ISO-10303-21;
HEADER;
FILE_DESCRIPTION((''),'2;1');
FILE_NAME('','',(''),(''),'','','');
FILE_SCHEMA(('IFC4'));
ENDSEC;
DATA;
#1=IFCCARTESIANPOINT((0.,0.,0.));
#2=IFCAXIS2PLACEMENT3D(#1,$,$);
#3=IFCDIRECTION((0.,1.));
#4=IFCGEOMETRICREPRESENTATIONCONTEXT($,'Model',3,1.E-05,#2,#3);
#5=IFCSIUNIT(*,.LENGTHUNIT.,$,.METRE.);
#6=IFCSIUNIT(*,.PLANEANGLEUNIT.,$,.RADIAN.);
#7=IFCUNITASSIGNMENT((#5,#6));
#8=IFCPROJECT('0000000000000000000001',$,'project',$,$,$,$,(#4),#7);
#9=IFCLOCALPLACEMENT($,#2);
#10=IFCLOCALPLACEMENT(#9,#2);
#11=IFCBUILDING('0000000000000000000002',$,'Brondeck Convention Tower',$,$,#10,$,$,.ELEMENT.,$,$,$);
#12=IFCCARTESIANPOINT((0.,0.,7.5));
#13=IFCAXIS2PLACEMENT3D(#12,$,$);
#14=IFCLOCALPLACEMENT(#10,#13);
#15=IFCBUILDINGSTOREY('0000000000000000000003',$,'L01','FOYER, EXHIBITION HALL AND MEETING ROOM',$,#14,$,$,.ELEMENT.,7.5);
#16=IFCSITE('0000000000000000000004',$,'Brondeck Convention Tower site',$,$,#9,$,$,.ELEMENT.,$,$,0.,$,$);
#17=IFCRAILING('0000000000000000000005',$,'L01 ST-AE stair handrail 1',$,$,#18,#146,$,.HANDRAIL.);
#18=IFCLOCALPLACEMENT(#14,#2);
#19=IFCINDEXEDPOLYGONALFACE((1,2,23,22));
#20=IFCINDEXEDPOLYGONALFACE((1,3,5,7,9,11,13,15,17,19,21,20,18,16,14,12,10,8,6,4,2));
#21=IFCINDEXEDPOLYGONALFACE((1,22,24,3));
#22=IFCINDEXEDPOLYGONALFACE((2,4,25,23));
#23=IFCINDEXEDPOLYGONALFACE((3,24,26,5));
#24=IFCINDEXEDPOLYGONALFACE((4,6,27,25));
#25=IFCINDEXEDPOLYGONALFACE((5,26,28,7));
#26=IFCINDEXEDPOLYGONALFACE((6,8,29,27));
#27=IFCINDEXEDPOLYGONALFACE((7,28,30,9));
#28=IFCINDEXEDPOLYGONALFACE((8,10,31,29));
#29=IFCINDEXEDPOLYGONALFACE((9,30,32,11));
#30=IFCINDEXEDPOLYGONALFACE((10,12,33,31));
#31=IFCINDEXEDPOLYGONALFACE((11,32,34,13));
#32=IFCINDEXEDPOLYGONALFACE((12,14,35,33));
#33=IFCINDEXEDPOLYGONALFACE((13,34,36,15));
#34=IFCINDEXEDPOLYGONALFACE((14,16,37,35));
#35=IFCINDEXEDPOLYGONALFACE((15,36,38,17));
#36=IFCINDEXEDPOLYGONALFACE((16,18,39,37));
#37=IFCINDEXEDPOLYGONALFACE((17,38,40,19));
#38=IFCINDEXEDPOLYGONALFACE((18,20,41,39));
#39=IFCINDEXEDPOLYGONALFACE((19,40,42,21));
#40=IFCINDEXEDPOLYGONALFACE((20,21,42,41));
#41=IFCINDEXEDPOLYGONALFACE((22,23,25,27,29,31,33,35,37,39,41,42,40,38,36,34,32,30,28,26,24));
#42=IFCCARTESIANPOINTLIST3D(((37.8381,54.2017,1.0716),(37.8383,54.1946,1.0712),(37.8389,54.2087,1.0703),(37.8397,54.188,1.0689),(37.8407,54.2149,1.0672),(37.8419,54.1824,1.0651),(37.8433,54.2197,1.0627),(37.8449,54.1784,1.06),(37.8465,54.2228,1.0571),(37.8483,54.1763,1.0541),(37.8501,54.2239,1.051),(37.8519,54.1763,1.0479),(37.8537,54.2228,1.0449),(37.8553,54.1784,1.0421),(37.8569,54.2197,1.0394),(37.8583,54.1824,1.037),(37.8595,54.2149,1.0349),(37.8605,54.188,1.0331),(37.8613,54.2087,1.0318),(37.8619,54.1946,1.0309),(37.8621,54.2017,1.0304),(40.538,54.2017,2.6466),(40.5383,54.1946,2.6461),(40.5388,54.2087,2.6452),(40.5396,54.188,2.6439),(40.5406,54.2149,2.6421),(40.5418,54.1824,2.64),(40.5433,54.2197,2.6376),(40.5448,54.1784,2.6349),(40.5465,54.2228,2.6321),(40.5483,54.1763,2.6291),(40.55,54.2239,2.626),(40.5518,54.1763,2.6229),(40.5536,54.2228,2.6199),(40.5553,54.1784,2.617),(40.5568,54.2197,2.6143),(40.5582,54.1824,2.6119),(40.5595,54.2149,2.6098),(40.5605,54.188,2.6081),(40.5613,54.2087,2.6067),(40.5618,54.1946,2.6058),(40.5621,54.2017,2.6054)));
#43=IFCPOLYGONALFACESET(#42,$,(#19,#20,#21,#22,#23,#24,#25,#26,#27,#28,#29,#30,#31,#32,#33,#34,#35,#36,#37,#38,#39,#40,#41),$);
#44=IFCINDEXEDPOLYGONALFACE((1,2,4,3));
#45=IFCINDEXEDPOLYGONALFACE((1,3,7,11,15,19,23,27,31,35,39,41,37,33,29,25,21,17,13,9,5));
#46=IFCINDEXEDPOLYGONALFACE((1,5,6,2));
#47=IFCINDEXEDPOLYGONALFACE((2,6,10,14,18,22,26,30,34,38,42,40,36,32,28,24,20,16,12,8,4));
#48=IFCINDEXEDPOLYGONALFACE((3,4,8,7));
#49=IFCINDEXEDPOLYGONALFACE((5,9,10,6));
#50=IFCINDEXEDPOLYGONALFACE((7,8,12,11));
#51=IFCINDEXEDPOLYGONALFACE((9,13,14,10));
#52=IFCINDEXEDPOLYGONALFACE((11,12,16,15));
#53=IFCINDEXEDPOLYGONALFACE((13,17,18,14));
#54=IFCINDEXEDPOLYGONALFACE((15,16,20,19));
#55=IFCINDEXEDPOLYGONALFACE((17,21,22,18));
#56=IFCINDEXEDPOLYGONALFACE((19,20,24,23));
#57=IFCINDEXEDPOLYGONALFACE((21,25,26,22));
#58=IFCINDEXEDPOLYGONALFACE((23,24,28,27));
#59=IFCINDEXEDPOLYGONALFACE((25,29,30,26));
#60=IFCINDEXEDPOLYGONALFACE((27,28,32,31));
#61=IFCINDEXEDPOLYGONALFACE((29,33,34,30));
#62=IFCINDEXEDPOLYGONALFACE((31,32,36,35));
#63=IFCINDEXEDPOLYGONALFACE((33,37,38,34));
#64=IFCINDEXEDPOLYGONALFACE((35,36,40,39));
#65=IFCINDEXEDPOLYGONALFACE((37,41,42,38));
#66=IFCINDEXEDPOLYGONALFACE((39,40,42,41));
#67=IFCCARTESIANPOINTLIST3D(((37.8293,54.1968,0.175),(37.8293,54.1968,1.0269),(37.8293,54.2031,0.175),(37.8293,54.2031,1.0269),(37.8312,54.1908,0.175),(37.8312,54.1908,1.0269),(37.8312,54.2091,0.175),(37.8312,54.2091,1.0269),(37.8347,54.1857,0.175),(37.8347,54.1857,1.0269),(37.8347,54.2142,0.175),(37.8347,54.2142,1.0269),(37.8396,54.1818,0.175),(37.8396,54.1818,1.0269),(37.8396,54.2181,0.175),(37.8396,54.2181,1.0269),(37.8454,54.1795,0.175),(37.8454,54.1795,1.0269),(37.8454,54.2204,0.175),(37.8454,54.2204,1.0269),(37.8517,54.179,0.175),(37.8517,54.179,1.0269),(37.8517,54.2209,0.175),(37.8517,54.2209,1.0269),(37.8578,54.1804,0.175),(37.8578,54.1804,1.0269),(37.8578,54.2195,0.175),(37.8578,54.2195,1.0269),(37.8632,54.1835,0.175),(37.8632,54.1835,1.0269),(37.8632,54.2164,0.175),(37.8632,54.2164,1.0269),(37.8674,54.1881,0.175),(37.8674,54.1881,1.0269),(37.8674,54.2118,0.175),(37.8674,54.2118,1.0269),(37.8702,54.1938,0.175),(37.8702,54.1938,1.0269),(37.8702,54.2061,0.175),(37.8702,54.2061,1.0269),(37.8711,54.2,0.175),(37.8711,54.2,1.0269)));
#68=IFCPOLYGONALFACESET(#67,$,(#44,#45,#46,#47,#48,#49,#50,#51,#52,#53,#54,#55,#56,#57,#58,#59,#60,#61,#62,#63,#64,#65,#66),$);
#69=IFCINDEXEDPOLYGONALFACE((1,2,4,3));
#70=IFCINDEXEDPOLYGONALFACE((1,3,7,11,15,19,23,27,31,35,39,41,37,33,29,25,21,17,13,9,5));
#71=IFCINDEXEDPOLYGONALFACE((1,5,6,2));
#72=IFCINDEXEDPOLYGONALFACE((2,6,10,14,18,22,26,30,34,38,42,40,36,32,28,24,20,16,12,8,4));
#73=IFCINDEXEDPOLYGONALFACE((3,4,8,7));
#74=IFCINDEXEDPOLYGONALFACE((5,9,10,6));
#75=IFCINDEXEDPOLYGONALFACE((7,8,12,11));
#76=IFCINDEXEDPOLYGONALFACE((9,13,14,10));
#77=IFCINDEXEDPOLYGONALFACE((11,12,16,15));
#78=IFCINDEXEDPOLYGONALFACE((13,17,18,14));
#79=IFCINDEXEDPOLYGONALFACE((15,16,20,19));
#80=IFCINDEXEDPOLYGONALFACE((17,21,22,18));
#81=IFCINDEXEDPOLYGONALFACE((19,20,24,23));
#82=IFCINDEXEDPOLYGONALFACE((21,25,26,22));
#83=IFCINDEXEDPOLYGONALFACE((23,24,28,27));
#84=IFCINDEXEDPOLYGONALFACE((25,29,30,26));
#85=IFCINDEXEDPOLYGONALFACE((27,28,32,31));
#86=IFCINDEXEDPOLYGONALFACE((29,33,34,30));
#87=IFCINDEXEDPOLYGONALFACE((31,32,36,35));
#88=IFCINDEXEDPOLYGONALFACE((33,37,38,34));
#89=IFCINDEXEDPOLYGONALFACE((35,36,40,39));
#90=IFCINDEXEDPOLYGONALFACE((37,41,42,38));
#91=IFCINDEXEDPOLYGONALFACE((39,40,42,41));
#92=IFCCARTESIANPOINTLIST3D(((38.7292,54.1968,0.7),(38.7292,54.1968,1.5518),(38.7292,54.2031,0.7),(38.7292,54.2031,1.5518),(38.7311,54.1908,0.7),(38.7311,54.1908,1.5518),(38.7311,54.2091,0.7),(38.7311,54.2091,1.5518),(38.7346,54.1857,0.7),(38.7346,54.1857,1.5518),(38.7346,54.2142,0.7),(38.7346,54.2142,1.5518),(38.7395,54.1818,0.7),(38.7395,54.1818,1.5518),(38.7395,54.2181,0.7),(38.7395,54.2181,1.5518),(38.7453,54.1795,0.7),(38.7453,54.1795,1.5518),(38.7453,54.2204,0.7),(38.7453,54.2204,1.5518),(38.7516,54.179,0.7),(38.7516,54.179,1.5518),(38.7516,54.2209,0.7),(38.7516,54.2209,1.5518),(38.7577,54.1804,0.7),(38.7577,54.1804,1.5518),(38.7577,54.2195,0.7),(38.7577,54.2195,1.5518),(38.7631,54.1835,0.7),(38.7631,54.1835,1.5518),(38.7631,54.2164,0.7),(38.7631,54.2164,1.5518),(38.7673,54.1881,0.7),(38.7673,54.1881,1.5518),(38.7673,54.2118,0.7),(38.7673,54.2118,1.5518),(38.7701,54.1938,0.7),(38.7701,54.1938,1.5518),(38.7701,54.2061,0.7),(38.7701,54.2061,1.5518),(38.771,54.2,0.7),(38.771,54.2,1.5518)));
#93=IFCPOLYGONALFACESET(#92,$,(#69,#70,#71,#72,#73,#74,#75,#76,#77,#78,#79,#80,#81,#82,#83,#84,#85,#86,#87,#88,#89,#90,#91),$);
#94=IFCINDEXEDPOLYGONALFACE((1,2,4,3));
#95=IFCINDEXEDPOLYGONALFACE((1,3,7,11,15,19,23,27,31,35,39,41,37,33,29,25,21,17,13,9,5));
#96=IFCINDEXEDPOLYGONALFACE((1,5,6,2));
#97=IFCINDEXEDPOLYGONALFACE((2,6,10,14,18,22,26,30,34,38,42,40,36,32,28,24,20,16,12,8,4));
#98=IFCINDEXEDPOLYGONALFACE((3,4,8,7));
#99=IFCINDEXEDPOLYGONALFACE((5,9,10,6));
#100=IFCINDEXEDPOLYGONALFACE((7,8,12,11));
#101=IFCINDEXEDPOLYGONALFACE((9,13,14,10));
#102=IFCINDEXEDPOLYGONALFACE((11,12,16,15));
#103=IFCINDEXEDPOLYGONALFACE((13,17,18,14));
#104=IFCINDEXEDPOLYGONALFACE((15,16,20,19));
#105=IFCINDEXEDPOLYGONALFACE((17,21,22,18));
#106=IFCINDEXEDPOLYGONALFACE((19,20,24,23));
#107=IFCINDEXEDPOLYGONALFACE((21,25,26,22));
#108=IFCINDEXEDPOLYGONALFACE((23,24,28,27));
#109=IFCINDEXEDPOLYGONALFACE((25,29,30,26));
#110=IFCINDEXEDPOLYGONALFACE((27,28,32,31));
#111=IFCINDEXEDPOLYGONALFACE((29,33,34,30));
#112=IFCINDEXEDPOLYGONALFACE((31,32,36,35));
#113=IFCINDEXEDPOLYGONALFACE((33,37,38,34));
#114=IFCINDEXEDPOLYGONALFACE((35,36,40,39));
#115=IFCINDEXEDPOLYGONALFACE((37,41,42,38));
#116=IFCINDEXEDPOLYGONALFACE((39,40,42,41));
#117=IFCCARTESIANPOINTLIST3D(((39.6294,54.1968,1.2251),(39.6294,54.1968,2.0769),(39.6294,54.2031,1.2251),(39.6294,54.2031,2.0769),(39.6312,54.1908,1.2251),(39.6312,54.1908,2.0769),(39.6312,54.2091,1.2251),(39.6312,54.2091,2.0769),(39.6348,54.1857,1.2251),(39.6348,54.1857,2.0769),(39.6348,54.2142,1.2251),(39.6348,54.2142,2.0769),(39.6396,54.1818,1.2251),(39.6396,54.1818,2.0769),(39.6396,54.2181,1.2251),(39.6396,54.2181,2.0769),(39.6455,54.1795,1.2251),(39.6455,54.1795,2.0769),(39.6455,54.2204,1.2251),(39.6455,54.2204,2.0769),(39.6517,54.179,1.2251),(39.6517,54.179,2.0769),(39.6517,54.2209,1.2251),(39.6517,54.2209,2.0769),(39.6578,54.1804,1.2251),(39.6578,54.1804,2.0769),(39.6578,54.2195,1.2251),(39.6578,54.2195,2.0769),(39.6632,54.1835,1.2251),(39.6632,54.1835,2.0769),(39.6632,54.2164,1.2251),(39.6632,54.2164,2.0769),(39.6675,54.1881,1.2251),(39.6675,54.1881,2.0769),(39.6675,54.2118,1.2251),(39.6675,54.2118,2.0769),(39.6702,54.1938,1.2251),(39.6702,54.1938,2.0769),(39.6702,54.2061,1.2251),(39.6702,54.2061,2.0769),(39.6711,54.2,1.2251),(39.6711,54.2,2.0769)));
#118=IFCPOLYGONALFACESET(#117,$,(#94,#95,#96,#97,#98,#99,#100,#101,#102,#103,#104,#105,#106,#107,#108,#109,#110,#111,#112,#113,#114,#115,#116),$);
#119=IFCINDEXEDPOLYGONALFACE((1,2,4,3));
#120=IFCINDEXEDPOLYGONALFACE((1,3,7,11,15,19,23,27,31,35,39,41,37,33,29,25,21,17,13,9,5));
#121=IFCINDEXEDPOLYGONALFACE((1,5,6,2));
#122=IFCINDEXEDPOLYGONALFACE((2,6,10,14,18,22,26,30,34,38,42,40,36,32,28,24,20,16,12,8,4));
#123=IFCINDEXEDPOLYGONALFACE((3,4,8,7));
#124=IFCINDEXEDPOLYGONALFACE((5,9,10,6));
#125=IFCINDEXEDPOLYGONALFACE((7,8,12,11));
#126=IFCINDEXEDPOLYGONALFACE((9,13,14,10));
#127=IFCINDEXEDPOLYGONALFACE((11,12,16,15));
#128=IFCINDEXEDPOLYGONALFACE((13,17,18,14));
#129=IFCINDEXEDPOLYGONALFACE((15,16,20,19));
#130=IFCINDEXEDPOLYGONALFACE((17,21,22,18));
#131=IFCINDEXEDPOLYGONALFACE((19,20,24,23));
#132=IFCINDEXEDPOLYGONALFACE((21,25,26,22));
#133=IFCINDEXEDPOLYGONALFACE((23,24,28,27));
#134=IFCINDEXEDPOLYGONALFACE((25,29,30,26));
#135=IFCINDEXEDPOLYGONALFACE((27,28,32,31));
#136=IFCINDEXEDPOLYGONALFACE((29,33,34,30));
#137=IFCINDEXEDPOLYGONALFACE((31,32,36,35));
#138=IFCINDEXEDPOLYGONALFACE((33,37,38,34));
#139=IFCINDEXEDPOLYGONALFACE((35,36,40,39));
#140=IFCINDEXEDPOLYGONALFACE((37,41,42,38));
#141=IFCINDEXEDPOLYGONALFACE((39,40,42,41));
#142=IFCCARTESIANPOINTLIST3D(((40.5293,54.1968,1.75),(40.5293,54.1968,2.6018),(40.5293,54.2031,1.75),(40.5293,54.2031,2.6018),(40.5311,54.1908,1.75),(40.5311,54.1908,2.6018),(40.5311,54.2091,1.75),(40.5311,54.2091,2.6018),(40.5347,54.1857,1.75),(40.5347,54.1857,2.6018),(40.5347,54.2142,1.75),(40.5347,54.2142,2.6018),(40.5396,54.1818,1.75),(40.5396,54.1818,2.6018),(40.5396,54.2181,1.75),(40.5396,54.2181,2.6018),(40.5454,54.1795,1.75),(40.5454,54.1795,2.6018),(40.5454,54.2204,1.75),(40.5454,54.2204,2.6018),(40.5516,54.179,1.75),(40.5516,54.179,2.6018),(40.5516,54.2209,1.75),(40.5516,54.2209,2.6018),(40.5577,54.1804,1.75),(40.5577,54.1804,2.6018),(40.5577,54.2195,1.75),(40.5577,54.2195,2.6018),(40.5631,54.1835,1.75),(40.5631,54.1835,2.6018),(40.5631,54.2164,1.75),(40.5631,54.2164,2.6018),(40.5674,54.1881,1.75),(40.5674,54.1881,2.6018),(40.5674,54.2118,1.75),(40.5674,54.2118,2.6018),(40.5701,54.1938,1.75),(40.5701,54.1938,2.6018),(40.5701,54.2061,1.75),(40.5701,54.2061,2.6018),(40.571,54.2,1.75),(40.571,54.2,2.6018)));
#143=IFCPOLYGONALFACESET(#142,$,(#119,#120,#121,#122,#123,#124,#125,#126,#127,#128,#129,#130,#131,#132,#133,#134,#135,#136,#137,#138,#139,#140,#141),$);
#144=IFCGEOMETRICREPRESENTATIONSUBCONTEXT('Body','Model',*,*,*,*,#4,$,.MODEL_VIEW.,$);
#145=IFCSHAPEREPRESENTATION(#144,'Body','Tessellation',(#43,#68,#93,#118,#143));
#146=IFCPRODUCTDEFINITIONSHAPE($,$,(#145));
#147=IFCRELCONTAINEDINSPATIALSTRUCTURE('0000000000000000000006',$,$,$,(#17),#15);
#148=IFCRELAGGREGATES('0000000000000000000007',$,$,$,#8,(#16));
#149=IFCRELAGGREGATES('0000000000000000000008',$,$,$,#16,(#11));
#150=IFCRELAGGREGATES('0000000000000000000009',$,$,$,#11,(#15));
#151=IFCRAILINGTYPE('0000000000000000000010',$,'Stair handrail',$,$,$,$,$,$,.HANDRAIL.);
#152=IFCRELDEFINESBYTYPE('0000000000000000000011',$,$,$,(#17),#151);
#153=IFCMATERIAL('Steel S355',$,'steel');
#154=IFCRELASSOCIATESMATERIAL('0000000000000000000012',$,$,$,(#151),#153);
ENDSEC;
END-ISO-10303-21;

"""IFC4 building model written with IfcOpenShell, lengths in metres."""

from ifc_helpers import new_model, si_unit, direction, frame, origin, origin_2d, place, context, subcontext, project, spatial, circle, extrude, material, type_object, element, save


model = new_model("IFC4")

# Units and contexts
model_context = context("Model", 3, precision=1e-05, world=origin(), true_north=direction((0.0, 1.0)))
body_context = subcontext(model_context, "Body", "Model", "MODEL_VIEW")
ifc_project = project(units=[si_unit("LENGTHUNIT", "METRE"), si_unit("PLANEANGLEUNIT", "RADIAN")], contexts=[model_context])

# Site, building, storey
site_placement = place(None, origin())
site = spatial("IfcSite", under=ifc_project, at=site_placement, Name="Brondeck Convention Tower site", CompositionType="ELEMENT", RefElevation=0.0)
building_placement = place(site_placement, origin())
building = spatial("IfcBuilding", under=site, at=building_placement, Name="Brondeck Convention Tower", CompositionType="ELEMENT")
storey_placement = place(building_placement, frame((0.0, 0.0, 7.5)))
storey = spatial("IfcBuildingStorey", under=building, at=storey_placement, Name="L01", Description="FOYER, EXHIBITION HALL AND MEETING ROOM", CompositionType="ELEMENT", Elevation=7.5)

# Shared definitions
ifc_material_1 = material(Name="Steel S355", Category="steel")

# Railing
railing_type_1 = type_object("IfcRailingType", Name="Stair handrail", PredefinedType="HANDRAIL", material=ifc_material_1)
railing_1_placement = place(storey_placement, frame((37.8501, 54.2, 0.175)))
element("IfcRailing", 1, at=railing_1_placement, inside=storey, type_object=railing_type_1, Name="L01 ST-AE stair handrail 1", PredefinedType="HANDRAIL", context=body_context, shape_type="SweptSolid", body=[
    extrude(circle(Radius=0.0239, at=origin_2d()), frame((0.0, 0.0, 0.876), z_axis=(0.863782, 0.0, 0.503866), x_axis=(0.0, 1.0, 0.0)), (0.0, 0.0, 1.0), 3.1257),
    extrude(circle(Radius=0.021, at=origin_2d()), origin(), (0.0, 0.0, 1.0), 0.8518),
    extrude(circle(Radius=0.021, at=origin_2d()), frame((0.8999, 0.0, 0.5249)), (0.0, 0.0, 1.0), 0.8518),
    extrude(circle(Radius=0.021, at=origin_2d()), frame((1.8, 0.0, 1.05)), (0.0, 0.0, 1.0), 0.8518),
    extrude(circle(Radius=0.021, at=origin_2d()), frame((2.7, 0.0, 1.575)), (0.0, 0.0, 1.0), 0.8518),
])

save(model, "model.ifc")
